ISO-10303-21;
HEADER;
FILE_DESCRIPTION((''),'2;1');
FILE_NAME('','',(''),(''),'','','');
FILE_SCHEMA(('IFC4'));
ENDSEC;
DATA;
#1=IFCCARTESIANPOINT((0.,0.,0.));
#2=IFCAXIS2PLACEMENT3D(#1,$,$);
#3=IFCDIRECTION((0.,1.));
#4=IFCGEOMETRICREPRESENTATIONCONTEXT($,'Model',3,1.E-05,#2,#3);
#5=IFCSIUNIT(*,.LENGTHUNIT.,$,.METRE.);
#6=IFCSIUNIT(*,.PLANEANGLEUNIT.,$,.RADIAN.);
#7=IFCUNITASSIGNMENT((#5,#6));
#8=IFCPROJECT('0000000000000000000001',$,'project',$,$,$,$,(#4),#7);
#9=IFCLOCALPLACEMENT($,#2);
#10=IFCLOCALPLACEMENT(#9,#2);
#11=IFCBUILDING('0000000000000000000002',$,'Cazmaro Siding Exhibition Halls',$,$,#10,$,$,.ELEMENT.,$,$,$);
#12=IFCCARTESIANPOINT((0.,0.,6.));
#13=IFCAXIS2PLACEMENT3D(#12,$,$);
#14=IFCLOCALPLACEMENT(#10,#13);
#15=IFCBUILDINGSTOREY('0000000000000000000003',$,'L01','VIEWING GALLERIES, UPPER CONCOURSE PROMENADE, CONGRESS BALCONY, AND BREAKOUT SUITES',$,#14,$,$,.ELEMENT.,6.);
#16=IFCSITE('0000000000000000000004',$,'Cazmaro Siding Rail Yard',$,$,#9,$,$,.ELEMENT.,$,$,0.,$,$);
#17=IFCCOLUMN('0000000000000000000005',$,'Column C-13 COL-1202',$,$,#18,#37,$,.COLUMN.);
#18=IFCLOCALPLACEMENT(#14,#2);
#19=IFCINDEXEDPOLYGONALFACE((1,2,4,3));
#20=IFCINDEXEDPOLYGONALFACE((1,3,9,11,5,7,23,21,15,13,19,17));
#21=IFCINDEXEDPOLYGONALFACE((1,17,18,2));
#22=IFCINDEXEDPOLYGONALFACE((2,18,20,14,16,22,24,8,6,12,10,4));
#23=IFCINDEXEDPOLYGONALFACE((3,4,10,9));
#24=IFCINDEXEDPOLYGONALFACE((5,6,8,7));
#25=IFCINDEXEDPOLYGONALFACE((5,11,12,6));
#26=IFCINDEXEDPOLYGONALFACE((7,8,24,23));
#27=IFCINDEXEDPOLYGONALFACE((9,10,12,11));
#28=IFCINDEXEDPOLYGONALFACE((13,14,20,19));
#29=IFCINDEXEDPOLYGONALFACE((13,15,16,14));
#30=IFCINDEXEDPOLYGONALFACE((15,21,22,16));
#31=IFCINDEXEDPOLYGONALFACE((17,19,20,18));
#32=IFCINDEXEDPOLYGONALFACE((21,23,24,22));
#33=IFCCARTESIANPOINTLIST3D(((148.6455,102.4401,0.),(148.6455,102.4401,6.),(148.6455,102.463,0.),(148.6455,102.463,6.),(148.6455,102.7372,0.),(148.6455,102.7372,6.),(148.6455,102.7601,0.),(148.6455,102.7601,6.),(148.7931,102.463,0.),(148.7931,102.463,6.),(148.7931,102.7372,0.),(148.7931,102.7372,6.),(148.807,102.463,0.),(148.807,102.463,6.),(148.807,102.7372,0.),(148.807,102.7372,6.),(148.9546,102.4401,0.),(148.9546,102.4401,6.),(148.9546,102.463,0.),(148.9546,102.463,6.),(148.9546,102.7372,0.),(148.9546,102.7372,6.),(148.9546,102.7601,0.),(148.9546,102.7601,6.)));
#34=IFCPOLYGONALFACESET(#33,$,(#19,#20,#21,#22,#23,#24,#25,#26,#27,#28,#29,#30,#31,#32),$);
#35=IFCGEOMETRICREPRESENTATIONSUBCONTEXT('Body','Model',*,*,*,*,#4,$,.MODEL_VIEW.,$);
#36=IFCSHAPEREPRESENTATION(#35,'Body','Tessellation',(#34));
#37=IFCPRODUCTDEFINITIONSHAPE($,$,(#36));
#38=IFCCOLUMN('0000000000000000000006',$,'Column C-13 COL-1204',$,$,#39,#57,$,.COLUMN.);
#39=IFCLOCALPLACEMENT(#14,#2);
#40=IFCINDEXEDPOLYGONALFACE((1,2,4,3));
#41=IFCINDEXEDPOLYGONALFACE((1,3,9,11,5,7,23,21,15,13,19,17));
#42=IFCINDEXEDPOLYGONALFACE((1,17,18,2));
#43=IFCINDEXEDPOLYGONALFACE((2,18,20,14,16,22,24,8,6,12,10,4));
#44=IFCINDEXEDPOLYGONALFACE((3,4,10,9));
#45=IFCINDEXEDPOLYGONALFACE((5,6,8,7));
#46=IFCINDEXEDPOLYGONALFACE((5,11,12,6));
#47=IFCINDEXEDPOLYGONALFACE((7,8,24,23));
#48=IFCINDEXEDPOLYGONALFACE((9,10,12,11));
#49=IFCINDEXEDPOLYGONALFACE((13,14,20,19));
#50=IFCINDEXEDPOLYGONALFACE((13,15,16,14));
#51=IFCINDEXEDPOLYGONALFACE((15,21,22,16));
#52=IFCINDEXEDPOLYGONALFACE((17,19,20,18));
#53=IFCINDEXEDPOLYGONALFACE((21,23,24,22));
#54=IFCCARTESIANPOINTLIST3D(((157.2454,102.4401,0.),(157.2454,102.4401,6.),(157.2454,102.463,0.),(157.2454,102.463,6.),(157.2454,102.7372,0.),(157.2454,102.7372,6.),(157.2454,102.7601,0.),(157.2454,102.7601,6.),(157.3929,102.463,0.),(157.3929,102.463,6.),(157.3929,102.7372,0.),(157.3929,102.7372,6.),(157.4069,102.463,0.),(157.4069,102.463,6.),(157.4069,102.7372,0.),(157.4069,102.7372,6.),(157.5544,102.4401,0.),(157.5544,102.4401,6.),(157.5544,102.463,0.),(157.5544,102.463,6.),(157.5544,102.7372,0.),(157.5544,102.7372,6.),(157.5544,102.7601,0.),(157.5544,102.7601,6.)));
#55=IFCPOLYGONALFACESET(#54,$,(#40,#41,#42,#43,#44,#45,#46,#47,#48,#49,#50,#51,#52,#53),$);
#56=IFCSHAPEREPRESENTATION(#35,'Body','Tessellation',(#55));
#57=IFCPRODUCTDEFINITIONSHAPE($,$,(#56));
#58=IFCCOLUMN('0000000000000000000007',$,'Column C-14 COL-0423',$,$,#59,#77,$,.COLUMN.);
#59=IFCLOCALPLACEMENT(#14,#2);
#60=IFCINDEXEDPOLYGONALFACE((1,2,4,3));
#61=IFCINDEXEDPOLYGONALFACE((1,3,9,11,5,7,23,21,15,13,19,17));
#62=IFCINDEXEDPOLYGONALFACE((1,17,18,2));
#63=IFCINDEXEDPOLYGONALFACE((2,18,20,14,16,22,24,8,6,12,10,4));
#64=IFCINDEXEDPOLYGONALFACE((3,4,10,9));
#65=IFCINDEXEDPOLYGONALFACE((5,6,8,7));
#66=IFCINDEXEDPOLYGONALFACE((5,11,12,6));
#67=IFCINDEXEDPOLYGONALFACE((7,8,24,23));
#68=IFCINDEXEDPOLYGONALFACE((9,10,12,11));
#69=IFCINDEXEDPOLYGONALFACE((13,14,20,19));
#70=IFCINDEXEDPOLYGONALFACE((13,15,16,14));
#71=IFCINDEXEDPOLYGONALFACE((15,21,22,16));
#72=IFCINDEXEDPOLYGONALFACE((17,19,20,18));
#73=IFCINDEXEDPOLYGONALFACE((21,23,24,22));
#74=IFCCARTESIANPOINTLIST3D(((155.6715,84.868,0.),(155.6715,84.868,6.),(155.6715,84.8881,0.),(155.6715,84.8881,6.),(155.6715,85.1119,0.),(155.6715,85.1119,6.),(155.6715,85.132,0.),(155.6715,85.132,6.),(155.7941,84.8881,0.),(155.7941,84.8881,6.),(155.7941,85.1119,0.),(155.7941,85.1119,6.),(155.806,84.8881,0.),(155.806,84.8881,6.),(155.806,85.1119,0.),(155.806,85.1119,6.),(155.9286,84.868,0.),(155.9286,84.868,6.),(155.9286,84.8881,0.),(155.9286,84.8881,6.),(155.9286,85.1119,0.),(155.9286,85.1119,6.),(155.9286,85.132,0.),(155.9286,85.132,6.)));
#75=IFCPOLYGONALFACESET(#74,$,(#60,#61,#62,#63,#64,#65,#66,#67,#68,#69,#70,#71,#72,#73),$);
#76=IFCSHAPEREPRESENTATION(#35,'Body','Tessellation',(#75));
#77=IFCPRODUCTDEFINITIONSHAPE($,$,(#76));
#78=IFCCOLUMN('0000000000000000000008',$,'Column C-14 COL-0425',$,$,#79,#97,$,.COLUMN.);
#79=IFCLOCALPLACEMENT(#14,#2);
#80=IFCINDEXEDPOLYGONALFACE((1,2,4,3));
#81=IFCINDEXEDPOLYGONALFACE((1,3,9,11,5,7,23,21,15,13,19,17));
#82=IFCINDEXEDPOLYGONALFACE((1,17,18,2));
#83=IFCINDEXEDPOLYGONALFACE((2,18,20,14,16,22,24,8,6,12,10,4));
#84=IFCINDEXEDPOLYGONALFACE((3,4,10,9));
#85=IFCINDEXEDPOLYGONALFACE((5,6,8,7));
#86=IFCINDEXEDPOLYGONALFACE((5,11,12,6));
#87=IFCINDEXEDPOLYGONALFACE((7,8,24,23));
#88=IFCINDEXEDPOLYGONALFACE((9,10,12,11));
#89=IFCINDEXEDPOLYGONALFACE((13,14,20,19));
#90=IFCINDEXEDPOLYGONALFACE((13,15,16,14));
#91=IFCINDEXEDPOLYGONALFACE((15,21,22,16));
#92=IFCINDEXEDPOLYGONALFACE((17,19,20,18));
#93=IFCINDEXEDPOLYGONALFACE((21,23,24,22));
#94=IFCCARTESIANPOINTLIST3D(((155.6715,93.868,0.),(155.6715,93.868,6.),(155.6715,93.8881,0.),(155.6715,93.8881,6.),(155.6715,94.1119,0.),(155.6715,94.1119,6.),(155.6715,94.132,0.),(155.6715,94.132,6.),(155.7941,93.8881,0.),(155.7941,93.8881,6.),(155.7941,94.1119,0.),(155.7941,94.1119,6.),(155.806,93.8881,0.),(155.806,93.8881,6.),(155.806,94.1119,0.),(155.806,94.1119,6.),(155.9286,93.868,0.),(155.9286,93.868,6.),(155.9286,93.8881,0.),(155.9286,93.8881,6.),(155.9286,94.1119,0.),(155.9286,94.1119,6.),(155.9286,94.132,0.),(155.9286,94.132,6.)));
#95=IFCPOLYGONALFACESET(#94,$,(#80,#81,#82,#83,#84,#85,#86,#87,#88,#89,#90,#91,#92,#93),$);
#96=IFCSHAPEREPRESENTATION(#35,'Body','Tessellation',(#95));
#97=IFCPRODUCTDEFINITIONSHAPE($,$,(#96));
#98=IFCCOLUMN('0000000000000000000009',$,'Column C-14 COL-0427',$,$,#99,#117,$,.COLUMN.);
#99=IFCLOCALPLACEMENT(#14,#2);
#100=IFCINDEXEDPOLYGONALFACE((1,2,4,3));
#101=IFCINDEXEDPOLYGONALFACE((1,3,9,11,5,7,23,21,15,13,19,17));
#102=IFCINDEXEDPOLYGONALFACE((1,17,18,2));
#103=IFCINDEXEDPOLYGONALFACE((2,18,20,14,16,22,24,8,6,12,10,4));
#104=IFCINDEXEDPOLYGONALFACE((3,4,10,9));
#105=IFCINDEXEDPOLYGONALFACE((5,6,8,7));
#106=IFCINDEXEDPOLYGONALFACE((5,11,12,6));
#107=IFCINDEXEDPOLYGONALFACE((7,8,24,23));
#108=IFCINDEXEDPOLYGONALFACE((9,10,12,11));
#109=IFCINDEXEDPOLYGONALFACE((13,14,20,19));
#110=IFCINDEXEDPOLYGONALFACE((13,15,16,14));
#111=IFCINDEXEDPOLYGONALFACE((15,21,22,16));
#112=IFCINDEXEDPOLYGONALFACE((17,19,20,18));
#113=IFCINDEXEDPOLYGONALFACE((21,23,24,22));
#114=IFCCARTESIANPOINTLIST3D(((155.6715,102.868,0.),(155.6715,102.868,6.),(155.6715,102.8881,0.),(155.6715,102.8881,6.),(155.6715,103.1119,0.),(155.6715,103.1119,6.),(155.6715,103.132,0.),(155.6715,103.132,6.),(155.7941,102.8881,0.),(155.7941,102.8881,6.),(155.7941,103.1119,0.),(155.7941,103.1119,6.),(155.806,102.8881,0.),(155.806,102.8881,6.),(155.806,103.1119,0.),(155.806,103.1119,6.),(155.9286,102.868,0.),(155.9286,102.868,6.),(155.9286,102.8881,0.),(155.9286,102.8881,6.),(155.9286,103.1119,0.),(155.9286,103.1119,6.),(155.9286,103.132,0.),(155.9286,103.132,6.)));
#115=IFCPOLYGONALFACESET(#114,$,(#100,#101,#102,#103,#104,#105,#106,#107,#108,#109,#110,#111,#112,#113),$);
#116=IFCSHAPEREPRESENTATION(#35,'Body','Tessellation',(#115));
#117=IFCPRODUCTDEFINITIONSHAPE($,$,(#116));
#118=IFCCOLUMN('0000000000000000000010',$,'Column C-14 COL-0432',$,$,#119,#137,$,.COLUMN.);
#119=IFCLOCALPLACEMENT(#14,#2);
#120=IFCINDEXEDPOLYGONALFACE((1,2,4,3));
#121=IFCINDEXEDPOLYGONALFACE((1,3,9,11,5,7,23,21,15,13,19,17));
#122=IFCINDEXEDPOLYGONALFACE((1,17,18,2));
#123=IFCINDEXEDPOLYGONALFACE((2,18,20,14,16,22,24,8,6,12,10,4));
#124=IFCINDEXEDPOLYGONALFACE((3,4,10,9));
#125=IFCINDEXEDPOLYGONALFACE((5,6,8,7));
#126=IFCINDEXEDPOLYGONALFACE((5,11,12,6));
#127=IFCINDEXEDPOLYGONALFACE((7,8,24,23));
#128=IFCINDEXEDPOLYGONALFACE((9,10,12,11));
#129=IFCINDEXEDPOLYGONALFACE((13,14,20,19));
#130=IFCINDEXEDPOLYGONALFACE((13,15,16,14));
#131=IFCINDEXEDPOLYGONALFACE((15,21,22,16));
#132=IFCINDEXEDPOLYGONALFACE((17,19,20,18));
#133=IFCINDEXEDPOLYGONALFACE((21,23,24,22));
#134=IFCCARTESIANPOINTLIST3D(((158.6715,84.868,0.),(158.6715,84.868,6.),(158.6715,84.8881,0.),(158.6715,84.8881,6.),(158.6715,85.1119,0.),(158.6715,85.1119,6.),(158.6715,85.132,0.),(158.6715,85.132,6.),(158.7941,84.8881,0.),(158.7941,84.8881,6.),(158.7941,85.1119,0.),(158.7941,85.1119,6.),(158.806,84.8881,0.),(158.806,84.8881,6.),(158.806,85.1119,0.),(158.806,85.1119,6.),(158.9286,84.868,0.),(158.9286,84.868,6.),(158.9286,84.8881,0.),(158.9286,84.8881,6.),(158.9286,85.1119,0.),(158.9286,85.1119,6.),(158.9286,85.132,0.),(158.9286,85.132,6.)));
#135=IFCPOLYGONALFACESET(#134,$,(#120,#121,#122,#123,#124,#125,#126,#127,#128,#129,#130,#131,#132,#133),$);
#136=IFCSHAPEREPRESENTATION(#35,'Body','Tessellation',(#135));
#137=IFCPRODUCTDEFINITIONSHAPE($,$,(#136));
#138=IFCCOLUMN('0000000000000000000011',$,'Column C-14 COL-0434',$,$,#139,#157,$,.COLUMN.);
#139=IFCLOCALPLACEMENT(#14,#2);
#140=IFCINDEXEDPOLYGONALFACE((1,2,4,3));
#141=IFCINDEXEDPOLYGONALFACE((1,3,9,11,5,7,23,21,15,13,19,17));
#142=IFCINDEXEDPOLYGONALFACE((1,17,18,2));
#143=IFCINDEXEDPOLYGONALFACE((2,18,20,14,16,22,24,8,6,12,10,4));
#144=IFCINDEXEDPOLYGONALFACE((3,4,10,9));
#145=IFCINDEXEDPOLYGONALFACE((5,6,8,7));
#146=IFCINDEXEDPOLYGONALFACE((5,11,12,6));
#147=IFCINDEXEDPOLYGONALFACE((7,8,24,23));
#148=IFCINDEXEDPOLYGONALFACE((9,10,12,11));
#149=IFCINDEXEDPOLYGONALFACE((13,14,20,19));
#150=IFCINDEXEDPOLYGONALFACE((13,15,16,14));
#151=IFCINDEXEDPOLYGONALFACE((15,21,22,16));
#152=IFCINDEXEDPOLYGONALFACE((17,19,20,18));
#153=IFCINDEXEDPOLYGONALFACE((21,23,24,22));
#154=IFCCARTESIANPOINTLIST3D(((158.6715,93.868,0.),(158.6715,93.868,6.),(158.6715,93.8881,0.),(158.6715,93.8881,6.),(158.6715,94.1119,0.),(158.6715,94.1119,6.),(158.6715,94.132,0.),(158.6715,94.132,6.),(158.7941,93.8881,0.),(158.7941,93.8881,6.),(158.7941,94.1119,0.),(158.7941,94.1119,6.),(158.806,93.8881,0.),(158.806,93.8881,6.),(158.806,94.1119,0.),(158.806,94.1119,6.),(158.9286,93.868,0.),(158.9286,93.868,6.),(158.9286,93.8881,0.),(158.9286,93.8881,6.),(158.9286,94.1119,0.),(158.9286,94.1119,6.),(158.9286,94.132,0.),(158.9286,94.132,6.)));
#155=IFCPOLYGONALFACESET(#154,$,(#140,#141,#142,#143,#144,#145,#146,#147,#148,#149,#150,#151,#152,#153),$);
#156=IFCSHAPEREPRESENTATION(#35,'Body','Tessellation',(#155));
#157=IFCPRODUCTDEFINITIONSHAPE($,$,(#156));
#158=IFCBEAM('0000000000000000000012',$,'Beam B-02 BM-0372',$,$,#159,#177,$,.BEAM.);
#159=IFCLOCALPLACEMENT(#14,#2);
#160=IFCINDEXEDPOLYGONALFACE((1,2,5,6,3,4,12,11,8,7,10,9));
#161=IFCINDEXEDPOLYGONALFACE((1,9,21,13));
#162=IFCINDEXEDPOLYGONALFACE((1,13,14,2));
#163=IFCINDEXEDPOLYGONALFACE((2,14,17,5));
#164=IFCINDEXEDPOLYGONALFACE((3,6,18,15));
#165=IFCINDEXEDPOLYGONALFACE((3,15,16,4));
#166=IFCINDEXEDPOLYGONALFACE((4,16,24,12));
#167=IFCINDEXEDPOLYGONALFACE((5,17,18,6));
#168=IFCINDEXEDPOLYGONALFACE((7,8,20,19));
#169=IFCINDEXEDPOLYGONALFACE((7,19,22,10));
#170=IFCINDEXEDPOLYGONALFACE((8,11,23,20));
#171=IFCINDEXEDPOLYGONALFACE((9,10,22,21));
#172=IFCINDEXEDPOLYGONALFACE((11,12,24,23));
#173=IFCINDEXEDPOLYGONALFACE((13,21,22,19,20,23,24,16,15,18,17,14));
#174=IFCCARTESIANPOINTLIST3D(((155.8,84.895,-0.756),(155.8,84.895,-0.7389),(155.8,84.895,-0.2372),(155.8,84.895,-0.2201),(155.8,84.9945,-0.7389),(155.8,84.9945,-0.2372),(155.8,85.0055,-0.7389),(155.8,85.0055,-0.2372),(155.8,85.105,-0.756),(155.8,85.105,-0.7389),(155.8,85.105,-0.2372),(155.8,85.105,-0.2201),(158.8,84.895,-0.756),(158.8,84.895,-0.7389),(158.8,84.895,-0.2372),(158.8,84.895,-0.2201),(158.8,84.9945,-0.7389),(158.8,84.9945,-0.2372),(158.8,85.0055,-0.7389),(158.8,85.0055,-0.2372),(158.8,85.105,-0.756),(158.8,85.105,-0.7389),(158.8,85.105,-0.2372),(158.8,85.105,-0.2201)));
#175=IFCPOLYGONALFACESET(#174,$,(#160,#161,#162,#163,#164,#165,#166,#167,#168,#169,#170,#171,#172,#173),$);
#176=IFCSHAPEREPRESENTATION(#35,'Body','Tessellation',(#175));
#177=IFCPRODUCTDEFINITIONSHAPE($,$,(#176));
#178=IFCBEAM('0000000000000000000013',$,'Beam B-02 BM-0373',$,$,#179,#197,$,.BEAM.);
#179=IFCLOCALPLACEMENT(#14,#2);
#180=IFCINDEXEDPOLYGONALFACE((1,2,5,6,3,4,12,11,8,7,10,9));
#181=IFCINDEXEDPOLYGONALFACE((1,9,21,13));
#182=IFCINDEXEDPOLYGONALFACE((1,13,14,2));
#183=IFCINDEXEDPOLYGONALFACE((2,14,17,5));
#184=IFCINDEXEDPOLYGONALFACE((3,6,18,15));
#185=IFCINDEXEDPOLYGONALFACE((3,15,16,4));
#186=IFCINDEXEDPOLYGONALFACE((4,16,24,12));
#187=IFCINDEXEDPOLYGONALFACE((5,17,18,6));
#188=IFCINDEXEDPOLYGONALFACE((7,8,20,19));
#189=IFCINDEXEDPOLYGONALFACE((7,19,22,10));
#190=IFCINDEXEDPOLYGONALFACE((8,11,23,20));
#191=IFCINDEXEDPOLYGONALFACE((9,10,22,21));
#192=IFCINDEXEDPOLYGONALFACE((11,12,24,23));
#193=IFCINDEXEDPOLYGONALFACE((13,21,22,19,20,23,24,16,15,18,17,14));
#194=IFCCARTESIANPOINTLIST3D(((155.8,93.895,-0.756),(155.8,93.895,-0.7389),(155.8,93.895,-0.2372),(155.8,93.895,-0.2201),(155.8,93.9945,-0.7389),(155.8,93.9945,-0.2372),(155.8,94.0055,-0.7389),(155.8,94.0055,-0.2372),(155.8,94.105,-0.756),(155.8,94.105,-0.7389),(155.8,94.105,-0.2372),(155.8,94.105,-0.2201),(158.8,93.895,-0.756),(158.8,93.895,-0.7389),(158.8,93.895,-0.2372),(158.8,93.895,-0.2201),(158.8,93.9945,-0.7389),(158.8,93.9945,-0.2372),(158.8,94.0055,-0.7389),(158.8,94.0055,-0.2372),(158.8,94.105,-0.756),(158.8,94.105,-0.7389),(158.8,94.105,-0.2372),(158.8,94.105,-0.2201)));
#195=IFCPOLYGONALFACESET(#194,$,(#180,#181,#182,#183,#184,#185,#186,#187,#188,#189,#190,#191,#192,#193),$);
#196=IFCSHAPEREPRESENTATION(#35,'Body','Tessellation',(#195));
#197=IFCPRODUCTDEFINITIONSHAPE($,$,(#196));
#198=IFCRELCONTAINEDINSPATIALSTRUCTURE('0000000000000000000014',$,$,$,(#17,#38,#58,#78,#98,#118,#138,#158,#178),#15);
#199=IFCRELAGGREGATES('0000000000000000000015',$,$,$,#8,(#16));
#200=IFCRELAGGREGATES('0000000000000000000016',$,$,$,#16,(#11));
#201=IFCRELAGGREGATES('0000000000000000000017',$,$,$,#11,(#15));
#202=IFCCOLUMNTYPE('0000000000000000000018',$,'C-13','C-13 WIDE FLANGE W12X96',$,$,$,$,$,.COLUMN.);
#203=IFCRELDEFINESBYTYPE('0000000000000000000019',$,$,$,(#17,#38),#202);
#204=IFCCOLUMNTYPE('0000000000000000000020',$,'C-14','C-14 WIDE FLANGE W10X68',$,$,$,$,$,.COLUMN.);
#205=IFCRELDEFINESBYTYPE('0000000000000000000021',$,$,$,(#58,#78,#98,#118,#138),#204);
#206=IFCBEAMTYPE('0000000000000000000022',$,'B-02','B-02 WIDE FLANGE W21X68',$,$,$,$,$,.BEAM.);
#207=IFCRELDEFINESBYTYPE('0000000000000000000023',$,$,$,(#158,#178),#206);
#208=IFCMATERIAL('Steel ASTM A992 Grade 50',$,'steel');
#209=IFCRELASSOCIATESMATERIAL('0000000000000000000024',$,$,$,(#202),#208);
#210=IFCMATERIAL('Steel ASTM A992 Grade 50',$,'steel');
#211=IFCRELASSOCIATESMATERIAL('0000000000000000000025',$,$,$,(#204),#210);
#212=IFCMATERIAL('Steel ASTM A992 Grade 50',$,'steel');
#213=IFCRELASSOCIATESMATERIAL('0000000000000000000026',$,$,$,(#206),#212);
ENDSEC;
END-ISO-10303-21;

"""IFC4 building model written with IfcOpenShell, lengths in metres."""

from ifc_helpers import new_model, si_unit, direction, frame, origin, origin_2d, place, context, subcontext, project, spatial, i_section, extrude, material, material_profile, profile_set, type_object, element, save


model = new_model("IFC4")

# Units and contexts
model_context = context("Model", 3, precision=1e-05, world=origin(), true_north=direction((0.0, 1.0)))
body_context = subcontext(model_context, "Body", "Model", "MODEL_VIEW")
ifc_project = project(units=[si_unit("LENGTHUNIT", "METRE"), si_unit("PLANEANGLEUNIT", "RADIAN")], contexts=[model_context])

# Site, building, storey
site_placement = place(None, origin())
site = spatial("IfcSite", under=ifc_project, at=site_placement, Name="Cazmaro Siding Rail Yard", CompositionType="ELEMENT", RefElevation=0.0)
building_placement = place(site_placement, origin())
building = spatial("IfcBuilding", under=site, at=building_placement, Name="Cazmaro Siding Exhibition Halls", CompositionType="ELEMENT")
storey_placement = place(building_placement, frame((0.0, 0.0, 6.0)))
storey = spatial("IfcBuildingStorey", under=building, at=storey_placement, Name="L01", Description="VIEWING GALLERIES, UPPER CONCOURSE PROMENADE, CONGRESS BALCONY, AND BREAKOUT SUITES", CompositionType="ELEMENT", Elevation=6.0)

# Columns
ifc_material_1 = material(Name="Steel ASTM A992 Grade 50", Category="steel")
ifc_material_profile_1 = material_profile(ifc_material_1, i_section(OverallWidth=0.3091, OverallDepth=0.3201, WebThickness=0.0139, FlangeThickness=0.0229, at=origin_2d()), Name="W12X96")
ifc_profile_set_1 = profile_set([ifc_material_profile_1], Name="Steel ASTM A992 Grade 50")
column_type_1 = type_object("IfcColumnType", Name="C-13", Description="C-13 WIDE FLANGE W12X96", PredefinedType="COLUMN", material=ifc_profile_set_1)
for number, where, z_axis, x_axis, name in (
    (1, (148.8, 102.6001, 0.0), (0.0, 0.0, 1.0), (1.0, 0.0, 0.0), "Column C-13 COL-1202"),
    (2, (157.3999, 102.6001, 0.0), (0.0, 0.0, 1.0), (1.0, 0.0, 0.0), "Column C-13 COL-1204"),
):
    element("IfcColumn", number, at=place(storey_placement, frame(where, z_axis=z_axis, x_axis=x_axis)), inside=storey, type_object=column_type_1, Name=name, PredefinedType="COLUMN", context=body_context, shape_type="SweptSolid", body=[
        extrude(i_section(OverallWidth=0.3091, OverallDepth=0.3201, WebThickness=0.0139, FlangeThickness=0.0229, at=origin_2d()), origin(), (0.0, 0.0, 1.0), 6.0),
    ])
ifc_material_2 = material(Name="Steel ASTM A992 Grade 50", Category="steel")
ifc_material_profile_2 = material_profile(ifc_material_2, i_section(OverallWidth=0.2571, OverallDepth=0.2639, WebThickness=0.012, FlangeThickness=0.02, at=origin_2d()), Name="W10X68")
ifc_profile_set_2 = profile_set([ifc_material_profile_2], Name="Steel ASTM A992 Grade 50")
column_type_2 = type_object("IfcColumnType", Name="C-14", Description="C-14 WIDE FLANGE W10X68", PredefinedType="COLUMN", material=ifc_profile_set_2)
for number, where, z_axis, x_axis, name in (
    (3, (155.8, 85.0, 0.0), (0.0, 0.0, 1.0), (1.0, 0.0, 0.0), "Column C-14 COL-0423"),
    (4, (155.8, 94.0, 0.0), (0.0, 0.0, 1.0), (1.0, 0.0, 0.0), "Column C-14 COL-0425"),
    (5, (155.8, 103.0, 0.0), (0.0, 0.0, 1.0), (1.0, 0.0, 0.0), "Column C-14 COL-0427"),
    (6, (158.8, 85.0, 0.0), (0.0, 0.0, 1.0), (1.0, 0.0, 0.0), "Column C-14 COL-0432"),
    (7, (158.8, 94.0, 0.0), (0.0, 0.0, 1.0), (1.0, 0.0, 0.0), "Column C-14 COL-0434"),
):
    element("IfcColumn", number, at=place(storey_placement, frame(where, z_axis=z_axis, x_axis=x_axis)), inside=storey, type_object=column_type_2, Name=name, PredefinedType="COLUMN", context=body_context, shape_type="SweptSolid", body=[
        extrude(i_section(OverallWidth=0.2571, OverallDepth=0.2639, WebThickness=0.012, FlangeThickness=0.02, at=origin_2d()), origin(), (0.0, 0.0, 1.0), 6.0),
    ])

# Beams
ifc_material_3 = material(Name="Steel ASTM A992 Grade 50", Category="steel")
ifc_material_profile_3 = material_profile(ifc_material_3, i_section(OverallWidth=0.21, OverallDepth=0.5359, WebThickness=0.011, FlangeThickness=0.0171, at=origin_2d()), Name="W21X68")
ifc_profile_set_3 = profile_set([ifc_material_profile_3], Name="Steel ASTM A992 Grade 50")
beam_type_1 = type_object("IfcBeamType", Name="B-02", Description="B-02 WIDE FLANGE W21X68", PredefinedType="BEAM", material=ifc_profile_set_3)
for number, where, z_axis, x_axis, name in (
    (8, (155.8, 85.0, -0.488), (1.0, 0.0, 0.0), (0.0, 1.0, 0.0), "Beam B-02 BM-0372"),
    (9, (155.8, 94.0, -0.488), (1.0, 0.0, 0.0), (0.0, 1.0, 0.0), "Beam B-02 BM-0373"),
):
    element("IfcBeam", number, at=place(storey_placement, frame(where, z_axis=z_axis, x_axis=x_axis)), inside=storey, type_object=beam_type_1, Name=name, PredefinedType="BEAM", context=body_context, shape_type="SweptSolid", body=[
        extrude(i_section(OverallWidth=0.21, OverallDepth=0.5359, WebThickness=0.011, FlangeThickness=0.0171, at=origin_2d()), origin(), (0.0, 0.0, 1.0), 3.0),
    ])

save(model, "model.ifc")
